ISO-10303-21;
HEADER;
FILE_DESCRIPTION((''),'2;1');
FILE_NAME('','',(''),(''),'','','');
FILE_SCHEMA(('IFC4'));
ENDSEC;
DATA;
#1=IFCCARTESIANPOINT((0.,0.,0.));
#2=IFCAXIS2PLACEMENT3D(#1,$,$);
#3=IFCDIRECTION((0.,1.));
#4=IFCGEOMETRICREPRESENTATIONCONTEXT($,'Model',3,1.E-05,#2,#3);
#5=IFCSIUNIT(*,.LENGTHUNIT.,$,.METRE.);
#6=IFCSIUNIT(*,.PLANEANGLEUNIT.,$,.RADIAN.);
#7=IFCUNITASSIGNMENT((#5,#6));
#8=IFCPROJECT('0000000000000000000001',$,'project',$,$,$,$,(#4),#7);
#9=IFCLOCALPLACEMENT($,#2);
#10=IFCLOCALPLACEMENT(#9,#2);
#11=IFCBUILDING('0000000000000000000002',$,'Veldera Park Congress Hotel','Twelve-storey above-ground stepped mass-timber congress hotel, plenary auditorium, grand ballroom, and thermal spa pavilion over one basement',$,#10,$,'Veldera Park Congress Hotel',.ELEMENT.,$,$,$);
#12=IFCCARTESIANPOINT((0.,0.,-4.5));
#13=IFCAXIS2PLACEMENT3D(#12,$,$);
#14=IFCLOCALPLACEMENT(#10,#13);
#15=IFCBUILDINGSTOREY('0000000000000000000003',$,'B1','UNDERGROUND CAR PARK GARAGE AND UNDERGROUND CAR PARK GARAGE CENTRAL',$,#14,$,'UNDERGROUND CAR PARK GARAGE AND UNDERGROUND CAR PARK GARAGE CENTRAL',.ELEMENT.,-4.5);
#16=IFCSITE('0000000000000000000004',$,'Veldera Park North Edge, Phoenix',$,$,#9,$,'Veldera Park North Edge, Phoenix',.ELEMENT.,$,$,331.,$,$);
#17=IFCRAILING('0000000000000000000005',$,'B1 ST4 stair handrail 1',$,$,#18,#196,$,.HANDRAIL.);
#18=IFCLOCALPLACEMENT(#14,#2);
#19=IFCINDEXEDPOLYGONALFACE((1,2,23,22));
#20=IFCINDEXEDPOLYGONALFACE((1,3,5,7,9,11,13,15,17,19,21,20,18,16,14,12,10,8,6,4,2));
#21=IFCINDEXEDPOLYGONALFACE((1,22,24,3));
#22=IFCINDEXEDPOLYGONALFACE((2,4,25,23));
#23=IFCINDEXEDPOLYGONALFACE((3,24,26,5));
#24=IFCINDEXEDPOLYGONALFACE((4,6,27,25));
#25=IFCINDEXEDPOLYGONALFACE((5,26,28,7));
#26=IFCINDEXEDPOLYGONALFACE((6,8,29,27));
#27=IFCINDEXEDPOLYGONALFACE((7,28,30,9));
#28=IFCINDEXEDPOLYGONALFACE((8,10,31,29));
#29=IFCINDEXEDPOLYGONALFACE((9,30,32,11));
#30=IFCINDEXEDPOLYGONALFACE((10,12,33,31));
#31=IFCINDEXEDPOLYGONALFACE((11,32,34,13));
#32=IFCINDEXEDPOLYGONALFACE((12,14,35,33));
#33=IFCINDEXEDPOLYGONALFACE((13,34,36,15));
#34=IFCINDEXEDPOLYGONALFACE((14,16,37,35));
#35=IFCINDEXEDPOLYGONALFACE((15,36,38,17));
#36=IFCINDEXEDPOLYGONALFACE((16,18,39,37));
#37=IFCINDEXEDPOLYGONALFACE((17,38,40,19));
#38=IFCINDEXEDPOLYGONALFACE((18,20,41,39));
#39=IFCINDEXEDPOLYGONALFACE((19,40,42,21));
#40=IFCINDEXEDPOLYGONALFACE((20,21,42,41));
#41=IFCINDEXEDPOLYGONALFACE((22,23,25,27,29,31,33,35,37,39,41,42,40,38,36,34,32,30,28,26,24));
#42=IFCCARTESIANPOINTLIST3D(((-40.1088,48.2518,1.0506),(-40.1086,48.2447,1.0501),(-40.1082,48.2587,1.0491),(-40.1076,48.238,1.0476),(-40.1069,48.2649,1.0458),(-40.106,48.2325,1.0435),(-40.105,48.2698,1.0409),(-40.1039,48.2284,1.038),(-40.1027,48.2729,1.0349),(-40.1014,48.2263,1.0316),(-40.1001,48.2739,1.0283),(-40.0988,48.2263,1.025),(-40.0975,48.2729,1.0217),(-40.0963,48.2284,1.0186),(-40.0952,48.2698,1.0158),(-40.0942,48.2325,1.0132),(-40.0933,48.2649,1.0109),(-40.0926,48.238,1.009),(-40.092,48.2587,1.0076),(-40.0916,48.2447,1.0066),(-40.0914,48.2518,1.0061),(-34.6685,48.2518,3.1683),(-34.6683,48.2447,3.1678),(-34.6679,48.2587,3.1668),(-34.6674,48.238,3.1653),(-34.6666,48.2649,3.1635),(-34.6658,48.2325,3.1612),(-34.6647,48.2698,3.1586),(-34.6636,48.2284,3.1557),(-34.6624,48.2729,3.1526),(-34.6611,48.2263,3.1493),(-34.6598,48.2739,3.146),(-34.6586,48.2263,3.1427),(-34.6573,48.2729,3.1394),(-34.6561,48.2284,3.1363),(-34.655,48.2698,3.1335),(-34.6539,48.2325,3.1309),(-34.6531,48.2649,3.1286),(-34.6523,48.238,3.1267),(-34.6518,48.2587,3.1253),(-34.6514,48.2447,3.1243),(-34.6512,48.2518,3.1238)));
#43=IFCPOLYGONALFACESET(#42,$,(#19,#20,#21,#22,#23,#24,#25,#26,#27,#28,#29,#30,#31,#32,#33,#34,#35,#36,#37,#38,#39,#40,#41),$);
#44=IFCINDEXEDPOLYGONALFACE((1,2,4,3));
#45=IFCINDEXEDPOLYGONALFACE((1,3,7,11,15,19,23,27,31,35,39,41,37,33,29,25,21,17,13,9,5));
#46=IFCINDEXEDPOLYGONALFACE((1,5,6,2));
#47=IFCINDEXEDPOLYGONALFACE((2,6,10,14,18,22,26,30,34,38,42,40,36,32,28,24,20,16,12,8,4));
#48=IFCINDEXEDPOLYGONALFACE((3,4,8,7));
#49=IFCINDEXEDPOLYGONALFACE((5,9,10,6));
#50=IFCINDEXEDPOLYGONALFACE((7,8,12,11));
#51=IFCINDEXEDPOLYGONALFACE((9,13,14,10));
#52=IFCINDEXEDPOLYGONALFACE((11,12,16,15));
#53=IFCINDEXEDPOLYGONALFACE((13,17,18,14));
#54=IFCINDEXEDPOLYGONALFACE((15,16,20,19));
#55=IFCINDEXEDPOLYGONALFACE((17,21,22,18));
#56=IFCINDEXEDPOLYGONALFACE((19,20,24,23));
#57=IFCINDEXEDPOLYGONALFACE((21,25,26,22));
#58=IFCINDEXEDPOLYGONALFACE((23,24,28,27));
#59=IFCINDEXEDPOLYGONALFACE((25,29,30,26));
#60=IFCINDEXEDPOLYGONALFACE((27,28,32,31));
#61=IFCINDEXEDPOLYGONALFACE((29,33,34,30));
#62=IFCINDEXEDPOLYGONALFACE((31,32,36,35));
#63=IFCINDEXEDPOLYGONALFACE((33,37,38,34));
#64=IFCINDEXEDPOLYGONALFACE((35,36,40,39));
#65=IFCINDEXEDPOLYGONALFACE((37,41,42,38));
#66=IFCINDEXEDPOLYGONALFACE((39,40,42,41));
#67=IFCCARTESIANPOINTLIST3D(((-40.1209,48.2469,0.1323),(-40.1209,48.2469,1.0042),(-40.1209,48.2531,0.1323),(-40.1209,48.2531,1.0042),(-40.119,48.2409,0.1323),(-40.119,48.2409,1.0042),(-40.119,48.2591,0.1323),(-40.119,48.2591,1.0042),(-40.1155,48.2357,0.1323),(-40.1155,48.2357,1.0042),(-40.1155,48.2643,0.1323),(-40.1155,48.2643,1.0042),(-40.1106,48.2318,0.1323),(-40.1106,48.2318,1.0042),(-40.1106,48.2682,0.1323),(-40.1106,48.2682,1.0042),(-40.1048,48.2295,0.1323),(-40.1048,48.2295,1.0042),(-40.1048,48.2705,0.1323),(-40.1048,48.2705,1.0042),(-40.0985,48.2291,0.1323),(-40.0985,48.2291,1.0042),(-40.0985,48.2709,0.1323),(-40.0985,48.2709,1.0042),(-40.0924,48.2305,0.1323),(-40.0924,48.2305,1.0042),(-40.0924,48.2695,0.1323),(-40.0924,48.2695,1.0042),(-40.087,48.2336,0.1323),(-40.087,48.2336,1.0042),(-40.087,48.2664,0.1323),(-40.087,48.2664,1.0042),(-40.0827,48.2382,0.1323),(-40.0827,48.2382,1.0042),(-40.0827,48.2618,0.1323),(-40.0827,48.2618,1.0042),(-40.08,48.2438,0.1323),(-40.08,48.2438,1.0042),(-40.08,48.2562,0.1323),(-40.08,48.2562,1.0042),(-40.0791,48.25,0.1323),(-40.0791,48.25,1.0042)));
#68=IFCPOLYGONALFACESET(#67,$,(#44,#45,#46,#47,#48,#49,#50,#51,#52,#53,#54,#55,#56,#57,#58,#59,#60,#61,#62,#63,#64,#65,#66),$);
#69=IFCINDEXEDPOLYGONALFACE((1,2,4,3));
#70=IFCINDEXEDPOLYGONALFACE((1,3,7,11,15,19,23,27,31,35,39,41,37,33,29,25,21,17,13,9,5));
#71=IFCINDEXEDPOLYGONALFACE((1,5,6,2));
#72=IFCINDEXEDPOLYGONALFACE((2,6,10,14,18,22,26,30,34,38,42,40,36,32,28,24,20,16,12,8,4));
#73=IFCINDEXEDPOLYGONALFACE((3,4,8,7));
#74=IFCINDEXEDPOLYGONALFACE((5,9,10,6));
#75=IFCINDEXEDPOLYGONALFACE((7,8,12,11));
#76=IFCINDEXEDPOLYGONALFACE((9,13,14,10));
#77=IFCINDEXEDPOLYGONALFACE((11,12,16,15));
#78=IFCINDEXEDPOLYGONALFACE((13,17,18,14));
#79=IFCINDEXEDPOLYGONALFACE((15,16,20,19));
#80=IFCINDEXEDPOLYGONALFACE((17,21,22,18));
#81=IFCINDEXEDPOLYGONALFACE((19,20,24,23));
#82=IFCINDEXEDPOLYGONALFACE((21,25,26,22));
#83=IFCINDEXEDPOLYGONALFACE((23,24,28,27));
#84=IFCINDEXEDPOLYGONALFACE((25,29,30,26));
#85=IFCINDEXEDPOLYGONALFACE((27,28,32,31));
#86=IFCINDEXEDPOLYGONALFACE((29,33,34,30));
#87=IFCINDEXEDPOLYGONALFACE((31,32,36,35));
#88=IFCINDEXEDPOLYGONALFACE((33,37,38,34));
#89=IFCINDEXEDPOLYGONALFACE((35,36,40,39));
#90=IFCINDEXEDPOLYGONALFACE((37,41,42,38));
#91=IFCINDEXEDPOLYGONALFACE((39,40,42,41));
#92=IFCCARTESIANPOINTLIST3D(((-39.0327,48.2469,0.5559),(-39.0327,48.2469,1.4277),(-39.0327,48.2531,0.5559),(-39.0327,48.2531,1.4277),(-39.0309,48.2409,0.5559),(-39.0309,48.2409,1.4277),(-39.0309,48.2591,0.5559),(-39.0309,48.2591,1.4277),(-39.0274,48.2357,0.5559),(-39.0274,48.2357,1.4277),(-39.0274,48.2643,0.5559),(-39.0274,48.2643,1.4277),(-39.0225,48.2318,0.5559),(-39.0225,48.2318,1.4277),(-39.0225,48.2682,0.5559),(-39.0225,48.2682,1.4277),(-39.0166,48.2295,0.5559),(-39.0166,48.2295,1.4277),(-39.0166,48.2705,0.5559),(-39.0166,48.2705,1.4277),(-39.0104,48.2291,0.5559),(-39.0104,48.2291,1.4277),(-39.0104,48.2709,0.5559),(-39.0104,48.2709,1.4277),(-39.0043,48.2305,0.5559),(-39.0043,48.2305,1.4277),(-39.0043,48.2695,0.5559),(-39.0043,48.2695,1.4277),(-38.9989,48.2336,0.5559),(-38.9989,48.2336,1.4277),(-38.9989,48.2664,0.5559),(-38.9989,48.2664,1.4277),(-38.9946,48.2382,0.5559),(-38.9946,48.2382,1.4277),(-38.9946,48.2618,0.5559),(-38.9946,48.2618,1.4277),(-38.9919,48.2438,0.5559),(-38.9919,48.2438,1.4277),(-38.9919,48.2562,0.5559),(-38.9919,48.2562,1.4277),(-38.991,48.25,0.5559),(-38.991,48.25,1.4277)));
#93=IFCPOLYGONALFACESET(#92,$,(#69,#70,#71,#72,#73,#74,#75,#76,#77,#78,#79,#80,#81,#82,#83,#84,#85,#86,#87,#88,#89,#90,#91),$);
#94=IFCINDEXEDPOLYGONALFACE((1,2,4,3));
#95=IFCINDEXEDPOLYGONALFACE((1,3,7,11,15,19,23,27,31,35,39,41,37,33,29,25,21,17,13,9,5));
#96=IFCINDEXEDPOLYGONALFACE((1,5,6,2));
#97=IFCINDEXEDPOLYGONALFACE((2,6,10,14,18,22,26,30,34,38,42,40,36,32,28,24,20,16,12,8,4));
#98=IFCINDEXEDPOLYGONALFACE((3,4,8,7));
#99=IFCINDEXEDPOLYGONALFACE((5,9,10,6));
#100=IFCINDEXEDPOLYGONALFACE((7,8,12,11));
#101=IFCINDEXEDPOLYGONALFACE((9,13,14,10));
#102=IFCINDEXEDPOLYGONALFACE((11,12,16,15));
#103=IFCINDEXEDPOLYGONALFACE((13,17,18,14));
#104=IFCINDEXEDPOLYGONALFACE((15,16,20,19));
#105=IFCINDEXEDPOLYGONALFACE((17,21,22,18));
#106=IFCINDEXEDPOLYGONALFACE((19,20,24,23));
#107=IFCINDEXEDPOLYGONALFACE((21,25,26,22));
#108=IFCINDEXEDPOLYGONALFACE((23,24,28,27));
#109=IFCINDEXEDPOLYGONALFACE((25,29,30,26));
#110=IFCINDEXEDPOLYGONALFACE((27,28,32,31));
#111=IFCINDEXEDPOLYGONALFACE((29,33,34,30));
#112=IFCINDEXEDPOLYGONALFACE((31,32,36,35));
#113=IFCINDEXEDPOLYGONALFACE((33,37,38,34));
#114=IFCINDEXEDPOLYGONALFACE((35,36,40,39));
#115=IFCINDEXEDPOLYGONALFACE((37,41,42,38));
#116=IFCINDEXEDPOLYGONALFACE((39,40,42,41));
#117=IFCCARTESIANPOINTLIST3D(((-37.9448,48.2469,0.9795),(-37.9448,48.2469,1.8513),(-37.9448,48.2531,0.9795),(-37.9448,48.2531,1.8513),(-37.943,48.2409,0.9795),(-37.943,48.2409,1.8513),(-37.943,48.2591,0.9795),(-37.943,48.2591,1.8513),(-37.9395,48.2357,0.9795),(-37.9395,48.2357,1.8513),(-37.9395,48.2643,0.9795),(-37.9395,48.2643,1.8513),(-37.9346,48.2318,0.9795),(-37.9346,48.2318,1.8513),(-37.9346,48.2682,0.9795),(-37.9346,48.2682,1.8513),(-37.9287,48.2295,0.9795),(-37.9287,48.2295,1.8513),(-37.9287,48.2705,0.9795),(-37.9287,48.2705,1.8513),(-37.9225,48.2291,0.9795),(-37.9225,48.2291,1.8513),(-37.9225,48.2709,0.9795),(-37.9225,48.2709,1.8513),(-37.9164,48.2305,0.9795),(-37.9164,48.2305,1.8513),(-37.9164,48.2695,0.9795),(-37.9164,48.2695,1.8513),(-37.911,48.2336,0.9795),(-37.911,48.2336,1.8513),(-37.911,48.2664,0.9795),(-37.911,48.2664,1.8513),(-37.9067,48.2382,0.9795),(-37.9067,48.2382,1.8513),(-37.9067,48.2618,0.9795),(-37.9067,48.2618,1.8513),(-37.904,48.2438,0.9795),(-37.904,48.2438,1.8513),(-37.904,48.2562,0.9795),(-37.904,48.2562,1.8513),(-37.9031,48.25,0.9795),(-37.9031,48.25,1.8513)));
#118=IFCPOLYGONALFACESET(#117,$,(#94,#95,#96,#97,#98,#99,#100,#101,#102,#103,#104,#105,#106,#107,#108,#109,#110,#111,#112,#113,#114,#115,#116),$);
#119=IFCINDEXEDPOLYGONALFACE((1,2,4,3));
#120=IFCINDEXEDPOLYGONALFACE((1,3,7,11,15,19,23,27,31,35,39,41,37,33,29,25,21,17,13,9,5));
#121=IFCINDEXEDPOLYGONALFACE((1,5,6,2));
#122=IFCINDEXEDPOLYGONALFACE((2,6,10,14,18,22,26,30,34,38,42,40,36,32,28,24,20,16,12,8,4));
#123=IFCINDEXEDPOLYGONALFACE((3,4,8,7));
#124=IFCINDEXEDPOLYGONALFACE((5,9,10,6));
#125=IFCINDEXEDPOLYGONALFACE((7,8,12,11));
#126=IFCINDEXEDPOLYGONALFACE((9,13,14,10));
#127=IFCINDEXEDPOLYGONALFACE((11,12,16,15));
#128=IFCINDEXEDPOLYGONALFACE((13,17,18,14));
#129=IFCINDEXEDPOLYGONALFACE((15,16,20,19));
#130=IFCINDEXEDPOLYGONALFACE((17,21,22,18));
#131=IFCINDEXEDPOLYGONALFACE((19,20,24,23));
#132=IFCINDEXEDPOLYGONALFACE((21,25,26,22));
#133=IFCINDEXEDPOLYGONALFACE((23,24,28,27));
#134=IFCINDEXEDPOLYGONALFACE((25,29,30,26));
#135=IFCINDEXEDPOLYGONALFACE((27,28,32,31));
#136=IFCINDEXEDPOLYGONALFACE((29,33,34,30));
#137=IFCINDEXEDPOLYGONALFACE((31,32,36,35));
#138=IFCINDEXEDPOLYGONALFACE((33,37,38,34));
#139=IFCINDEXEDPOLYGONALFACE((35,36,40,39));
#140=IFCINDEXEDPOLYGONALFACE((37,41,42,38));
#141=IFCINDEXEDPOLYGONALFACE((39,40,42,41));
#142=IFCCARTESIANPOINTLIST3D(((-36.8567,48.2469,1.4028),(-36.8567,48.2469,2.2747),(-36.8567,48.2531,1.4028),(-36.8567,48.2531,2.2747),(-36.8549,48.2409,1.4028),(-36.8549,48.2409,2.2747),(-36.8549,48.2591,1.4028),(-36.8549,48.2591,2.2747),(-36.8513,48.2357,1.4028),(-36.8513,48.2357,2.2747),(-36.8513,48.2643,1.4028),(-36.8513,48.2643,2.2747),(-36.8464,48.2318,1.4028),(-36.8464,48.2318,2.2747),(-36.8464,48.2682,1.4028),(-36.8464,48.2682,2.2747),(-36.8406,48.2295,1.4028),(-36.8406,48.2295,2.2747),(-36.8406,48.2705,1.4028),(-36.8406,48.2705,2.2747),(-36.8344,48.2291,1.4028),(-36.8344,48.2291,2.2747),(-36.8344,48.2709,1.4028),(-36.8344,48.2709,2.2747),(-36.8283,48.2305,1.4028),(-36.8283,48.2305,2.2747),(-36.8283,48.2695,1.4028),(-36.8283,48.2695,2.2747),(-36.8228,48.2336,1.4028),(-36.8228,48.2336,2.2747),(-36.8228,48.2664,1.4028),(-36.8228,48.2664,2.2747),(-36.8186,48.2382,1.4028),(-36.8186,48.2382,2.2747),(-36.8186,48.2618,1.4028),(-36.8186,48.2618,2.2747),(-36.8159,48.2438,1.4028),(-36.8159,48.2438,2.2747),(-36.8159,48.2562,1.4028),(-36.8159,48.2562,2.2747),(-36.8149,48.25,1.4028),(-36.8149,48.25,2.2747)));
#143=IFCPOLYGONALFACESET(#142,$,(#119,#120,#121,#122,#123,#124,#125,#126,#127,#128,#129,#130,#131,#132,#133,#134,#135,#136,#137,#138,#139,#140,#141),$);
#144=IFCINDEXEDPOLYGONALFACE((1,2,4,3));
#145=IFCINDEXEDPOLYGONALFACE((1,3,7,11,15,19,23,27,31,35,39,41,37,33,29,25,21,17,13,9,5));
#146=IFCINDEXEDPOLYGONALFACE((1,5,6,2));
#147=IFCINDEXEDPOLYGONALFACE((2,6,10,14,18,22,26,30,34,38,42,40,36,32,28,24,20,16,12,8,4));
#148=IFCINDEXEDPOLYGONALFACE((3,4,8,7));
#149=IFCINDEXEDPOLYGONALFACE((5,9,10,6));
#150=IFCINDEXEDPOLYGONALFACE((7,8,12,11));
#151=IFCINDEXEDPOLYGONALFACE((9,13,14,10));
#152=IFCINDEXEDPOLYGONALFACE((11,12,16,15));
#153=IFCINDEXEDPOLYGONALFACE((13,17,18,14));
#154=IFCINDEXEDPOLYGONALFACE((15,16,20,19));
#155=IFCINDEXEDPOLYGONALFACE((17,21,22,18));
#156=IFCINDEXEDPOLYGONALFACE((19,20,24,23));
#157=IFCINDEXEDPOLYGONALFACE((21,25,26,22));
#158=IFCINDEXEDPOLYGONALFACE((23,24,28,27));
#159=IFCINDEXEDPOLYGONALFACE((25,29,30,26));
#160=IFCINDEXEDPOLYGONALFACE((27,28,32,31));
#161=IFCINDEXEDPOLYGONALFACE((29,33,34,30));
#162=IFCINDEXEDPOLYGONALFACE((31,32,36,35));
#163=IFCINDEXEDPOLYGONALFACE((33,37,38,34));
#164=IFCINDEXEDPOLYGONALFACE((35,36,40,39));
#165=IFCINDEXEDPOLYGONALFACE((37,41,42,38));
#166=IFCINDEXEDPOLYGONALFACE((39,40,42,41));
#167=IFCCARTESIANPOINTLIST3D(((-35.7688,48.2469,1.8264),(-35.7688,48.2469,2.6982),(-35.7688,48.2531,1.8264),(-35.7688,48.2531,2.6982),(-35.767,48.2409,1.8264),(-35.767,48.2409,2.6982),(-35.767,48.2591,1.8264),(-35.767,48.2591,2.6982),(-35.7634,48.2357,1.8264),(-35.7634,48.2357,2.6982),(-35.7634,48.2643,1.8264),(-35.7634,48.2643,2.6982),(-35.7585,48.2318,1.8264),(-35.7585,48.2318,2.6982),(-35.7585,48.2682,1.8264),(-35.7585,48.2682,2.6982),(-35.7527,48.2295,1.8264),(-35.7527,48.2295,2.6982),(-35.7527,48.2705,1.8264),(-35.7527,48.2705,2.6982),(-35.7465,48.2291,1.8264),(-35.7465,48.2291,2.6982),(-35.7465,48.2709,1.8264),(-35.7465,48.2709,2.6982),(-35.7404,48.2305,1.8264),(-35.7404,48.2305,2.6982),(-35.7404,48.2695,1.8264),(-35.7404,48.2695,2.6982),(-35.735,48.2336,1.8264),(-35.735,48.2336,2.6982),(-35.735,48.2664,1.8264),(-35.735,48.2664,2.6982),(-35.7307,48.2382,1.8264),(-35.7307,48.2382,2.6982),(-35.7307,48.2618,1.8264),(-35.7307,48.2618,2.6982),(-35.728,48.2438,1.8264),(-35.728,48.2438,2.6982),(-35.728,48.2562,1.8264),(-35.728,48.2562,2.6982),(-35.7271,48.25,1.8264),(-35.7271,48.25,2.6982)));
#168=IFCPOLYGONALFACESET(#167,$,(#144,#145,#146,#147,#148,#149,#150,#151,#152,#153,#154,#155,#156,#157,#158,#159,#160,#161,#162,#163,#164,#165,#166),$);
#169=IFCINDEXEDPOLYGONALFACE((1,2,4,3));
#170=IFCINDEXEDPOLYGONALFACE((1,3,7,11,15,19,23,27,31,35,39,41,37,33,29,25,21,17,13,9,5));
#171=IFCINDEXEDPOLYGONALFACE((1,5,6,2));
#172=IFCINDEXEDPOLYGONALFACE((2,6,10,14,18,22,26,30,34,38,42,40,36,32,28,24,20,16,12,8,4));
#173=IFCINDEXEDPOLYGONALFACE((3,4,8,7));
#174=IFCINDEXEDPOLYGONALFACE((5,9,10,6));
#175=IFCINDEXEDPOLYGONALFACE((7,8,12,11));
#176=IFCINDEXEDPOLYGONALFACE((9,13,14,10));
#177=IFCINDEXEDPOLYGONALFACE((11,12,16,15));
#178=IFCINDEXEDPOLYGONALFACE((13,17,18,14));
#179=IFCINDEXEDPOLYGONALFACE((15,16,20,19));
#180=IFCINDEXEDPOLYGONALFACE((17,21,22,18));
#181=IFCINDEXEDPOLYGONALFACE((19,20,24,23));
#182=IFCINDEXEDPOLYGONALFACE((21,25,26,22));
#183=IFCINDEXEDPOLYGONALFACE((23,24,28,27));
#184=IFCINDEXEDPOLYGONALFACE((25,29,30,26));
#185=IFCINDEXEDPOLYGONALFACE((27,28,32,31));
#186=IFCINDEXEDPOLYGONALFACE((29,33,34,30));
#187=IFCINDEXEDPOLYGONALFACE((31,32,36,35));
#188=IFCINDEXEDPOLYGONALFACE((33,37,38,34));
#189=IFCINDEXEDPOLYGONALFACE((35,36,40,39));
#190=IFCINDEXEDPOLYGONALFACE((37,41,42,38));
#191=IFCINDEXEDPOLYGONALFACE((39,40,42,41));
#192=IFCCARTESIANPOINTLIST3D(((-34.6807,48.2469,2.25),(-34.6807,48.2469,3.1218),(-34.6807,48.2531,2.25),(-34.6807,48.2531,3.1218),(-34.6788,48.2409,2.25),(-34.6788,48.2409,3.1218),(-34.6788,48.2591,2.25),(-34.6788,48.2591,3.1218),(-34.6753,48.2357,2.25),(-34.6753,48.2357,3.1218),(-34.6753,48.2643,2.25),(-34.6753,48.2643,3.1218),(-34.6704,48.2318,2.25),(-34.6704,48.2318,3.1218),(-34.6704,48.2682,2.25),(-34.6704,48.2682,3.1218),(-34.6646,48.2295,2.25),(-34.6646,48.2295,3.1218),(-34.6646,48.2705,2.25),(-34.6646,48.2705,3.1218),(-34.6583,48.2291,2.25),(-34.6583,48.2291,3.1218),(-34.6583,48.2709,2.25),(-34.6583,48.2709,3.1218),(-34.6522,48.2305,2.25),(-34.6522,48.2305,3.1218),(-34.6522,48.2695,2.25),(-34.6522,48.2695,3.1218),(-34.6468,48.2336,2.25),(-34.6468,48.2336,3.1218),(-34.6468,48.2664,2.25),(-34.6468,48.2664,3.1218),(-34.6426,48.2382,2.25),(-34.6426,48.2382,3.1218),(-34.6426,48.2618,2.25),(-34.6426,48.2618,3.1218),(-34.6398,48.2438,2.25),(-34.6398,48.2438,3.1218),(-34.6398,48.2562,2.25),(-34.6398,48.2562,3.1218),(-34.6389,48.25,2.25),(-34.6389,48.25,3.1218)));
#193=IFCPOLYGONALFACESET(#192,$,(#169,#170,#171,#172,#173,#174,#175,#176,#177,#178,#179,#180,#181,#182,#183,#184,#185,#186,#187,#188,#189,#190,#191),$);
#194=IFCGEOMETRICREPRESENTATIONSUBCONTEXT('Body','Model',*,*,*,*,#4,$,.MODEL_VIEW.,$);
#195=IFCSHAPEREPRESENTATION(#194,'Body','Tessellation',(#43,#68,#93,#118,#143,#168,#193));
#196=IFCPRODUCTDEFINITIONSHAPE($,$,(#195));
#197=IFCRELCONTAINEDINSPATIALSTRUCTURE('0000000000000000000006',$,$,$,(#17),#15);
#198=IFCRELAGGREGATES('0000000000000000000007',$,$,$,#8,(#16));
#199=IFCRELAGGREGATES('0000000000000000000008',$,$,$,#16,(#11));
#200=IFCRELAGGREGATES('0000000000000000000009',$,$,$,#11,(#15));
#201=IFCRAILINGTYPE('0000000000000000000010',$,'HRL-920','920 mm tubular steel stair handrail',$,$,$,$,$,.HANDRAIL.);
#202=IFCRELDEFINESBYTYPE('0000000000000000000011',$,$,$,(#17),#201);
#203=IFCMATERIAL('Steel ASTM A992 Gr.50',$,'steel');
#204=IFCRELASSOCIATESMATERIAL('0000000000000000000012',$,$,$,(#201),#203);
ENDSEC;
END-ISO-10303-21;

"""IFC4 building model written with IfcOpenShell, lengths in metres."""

from ifc_helpers import new_model, si_unit, direction, frame, origin, origin_2d, place, context, subcontext, project, spatial, circle, extrude, material, type_object, element, save


model = new_model("IFC4")

# Units and contexts
model_context = context("Model", 3, precision=1e-05, world=origin(), true_north=direction((0.0, 1.0)))
body_context = subcontext(model_context, "Body", "Model", "MODEL_VIEW")
ifc_project = project(units=[si_unit("LENGTHUNIT", "METRE"), si_unit("PLANEANGLEUNIT", "RADIAN")], contexts=[model_context])

# Site, building, storey
site_placement = place(None, origin())
site = spatial("IfcSite", under=ifc_project, at=site_placement, Name="Veldera Park North Edge, Phoenix", LongName="Veldera Park North Edge, Phoenix", CompositionType="ELEMENT", RefElevation=331.0)
building_placement = place(site_placement, origin())
building = spatial("IfcBuilding", under=site, at=building_placement, Name="Veldera Park Congress Hotel", Description="Twelve-storey above-ground stepped mass-timber congress hotel, plenary auditorium, grand ballroom, and thermal spa pavilion over one basement", LongName="Veldera Park Congress Hotel", CompositionType="ELEMENT")
storey_placement = place(building_placement, frame((0.0, 0.0, -4.5)))
storey = spatial("IfcBuildingStorey", under=building, at=storey_placement, Name="B1", Description="UNDERGROUND CAR PARK GARAGE AND UNDERGROUND CAR PARK GARAGE CENTRAL", LongName="UNDERGROUND CAR PARK GARAGE AND UNDERGROUND CAR PARK GARAGE CENTRAL", CompositionType="ELEMENT", Elevation=-4.5)

# Railing
ifc_material_1 = material(Name="Steel ASTM A992 Gr.50", Category="steel")
railing_type_1 = type_object("IfcRailingType", Name="HRL-920", Description="920 mm tubular steel stair handrail", PredefinedType="HANDRAIL", material=ifc_material_1)
railing_1_placement = place(storey_placement, frame((-40.1001, 48.25, 0.1323)))
element("IfcRailing", 1, at=railing_1_placement, inside=storey, type_object=railing_type_1, Name="B1 ST4 stair handrail 1", PredefinedType="HANDRAIL", context=body_context, shape_type="SweptSolid", body=[
    extrude(circle(Radius=0.0239, at=origin_2d()), frame((0.0, 0.0, 0.896), z_axis=(0.931886, 0.0, 0.362751), x_axis=(0.0, 1.0, 0.0)), (0.0, 0.0, 1.0), 5.8379),
    extrude(circle(Radius=0.021, at=origin_2d()), origin(), (0.0, 0.0, 1.0), 0.8718),
    extrude(circle(Radius=0.021, at=origin_2d()), frame((1.0881, 0.0, 0.4236)), (0.0, 0.0, 1.0), 0.8718),
    extrude(circle(Radius=0.021, at=origin_2d()), frame((2.176, 0.0, 0.8472)), (0.0, 0.0, 1.0), 0.8718),
    extrude(circle(Radius=0.021, at=origin_2d()), frame((3.2642, 0.0, 1.2705)), (0.0, 0.0, 1.0), 0.8718),
    extrude(circle(Radius=0.021, at=origin_2d()), frame((4.3521, 0.0, 1.6941)), (0.0, 0.0, 1.0), 0.8718),
    extrude(circle(Radius=0.021, at=origin_2d()), frame((5.4402, 0.0, 2.1177)), (0.0, 0.0, 1.0), 0.8718),
])

save(model, "model.ifc")
